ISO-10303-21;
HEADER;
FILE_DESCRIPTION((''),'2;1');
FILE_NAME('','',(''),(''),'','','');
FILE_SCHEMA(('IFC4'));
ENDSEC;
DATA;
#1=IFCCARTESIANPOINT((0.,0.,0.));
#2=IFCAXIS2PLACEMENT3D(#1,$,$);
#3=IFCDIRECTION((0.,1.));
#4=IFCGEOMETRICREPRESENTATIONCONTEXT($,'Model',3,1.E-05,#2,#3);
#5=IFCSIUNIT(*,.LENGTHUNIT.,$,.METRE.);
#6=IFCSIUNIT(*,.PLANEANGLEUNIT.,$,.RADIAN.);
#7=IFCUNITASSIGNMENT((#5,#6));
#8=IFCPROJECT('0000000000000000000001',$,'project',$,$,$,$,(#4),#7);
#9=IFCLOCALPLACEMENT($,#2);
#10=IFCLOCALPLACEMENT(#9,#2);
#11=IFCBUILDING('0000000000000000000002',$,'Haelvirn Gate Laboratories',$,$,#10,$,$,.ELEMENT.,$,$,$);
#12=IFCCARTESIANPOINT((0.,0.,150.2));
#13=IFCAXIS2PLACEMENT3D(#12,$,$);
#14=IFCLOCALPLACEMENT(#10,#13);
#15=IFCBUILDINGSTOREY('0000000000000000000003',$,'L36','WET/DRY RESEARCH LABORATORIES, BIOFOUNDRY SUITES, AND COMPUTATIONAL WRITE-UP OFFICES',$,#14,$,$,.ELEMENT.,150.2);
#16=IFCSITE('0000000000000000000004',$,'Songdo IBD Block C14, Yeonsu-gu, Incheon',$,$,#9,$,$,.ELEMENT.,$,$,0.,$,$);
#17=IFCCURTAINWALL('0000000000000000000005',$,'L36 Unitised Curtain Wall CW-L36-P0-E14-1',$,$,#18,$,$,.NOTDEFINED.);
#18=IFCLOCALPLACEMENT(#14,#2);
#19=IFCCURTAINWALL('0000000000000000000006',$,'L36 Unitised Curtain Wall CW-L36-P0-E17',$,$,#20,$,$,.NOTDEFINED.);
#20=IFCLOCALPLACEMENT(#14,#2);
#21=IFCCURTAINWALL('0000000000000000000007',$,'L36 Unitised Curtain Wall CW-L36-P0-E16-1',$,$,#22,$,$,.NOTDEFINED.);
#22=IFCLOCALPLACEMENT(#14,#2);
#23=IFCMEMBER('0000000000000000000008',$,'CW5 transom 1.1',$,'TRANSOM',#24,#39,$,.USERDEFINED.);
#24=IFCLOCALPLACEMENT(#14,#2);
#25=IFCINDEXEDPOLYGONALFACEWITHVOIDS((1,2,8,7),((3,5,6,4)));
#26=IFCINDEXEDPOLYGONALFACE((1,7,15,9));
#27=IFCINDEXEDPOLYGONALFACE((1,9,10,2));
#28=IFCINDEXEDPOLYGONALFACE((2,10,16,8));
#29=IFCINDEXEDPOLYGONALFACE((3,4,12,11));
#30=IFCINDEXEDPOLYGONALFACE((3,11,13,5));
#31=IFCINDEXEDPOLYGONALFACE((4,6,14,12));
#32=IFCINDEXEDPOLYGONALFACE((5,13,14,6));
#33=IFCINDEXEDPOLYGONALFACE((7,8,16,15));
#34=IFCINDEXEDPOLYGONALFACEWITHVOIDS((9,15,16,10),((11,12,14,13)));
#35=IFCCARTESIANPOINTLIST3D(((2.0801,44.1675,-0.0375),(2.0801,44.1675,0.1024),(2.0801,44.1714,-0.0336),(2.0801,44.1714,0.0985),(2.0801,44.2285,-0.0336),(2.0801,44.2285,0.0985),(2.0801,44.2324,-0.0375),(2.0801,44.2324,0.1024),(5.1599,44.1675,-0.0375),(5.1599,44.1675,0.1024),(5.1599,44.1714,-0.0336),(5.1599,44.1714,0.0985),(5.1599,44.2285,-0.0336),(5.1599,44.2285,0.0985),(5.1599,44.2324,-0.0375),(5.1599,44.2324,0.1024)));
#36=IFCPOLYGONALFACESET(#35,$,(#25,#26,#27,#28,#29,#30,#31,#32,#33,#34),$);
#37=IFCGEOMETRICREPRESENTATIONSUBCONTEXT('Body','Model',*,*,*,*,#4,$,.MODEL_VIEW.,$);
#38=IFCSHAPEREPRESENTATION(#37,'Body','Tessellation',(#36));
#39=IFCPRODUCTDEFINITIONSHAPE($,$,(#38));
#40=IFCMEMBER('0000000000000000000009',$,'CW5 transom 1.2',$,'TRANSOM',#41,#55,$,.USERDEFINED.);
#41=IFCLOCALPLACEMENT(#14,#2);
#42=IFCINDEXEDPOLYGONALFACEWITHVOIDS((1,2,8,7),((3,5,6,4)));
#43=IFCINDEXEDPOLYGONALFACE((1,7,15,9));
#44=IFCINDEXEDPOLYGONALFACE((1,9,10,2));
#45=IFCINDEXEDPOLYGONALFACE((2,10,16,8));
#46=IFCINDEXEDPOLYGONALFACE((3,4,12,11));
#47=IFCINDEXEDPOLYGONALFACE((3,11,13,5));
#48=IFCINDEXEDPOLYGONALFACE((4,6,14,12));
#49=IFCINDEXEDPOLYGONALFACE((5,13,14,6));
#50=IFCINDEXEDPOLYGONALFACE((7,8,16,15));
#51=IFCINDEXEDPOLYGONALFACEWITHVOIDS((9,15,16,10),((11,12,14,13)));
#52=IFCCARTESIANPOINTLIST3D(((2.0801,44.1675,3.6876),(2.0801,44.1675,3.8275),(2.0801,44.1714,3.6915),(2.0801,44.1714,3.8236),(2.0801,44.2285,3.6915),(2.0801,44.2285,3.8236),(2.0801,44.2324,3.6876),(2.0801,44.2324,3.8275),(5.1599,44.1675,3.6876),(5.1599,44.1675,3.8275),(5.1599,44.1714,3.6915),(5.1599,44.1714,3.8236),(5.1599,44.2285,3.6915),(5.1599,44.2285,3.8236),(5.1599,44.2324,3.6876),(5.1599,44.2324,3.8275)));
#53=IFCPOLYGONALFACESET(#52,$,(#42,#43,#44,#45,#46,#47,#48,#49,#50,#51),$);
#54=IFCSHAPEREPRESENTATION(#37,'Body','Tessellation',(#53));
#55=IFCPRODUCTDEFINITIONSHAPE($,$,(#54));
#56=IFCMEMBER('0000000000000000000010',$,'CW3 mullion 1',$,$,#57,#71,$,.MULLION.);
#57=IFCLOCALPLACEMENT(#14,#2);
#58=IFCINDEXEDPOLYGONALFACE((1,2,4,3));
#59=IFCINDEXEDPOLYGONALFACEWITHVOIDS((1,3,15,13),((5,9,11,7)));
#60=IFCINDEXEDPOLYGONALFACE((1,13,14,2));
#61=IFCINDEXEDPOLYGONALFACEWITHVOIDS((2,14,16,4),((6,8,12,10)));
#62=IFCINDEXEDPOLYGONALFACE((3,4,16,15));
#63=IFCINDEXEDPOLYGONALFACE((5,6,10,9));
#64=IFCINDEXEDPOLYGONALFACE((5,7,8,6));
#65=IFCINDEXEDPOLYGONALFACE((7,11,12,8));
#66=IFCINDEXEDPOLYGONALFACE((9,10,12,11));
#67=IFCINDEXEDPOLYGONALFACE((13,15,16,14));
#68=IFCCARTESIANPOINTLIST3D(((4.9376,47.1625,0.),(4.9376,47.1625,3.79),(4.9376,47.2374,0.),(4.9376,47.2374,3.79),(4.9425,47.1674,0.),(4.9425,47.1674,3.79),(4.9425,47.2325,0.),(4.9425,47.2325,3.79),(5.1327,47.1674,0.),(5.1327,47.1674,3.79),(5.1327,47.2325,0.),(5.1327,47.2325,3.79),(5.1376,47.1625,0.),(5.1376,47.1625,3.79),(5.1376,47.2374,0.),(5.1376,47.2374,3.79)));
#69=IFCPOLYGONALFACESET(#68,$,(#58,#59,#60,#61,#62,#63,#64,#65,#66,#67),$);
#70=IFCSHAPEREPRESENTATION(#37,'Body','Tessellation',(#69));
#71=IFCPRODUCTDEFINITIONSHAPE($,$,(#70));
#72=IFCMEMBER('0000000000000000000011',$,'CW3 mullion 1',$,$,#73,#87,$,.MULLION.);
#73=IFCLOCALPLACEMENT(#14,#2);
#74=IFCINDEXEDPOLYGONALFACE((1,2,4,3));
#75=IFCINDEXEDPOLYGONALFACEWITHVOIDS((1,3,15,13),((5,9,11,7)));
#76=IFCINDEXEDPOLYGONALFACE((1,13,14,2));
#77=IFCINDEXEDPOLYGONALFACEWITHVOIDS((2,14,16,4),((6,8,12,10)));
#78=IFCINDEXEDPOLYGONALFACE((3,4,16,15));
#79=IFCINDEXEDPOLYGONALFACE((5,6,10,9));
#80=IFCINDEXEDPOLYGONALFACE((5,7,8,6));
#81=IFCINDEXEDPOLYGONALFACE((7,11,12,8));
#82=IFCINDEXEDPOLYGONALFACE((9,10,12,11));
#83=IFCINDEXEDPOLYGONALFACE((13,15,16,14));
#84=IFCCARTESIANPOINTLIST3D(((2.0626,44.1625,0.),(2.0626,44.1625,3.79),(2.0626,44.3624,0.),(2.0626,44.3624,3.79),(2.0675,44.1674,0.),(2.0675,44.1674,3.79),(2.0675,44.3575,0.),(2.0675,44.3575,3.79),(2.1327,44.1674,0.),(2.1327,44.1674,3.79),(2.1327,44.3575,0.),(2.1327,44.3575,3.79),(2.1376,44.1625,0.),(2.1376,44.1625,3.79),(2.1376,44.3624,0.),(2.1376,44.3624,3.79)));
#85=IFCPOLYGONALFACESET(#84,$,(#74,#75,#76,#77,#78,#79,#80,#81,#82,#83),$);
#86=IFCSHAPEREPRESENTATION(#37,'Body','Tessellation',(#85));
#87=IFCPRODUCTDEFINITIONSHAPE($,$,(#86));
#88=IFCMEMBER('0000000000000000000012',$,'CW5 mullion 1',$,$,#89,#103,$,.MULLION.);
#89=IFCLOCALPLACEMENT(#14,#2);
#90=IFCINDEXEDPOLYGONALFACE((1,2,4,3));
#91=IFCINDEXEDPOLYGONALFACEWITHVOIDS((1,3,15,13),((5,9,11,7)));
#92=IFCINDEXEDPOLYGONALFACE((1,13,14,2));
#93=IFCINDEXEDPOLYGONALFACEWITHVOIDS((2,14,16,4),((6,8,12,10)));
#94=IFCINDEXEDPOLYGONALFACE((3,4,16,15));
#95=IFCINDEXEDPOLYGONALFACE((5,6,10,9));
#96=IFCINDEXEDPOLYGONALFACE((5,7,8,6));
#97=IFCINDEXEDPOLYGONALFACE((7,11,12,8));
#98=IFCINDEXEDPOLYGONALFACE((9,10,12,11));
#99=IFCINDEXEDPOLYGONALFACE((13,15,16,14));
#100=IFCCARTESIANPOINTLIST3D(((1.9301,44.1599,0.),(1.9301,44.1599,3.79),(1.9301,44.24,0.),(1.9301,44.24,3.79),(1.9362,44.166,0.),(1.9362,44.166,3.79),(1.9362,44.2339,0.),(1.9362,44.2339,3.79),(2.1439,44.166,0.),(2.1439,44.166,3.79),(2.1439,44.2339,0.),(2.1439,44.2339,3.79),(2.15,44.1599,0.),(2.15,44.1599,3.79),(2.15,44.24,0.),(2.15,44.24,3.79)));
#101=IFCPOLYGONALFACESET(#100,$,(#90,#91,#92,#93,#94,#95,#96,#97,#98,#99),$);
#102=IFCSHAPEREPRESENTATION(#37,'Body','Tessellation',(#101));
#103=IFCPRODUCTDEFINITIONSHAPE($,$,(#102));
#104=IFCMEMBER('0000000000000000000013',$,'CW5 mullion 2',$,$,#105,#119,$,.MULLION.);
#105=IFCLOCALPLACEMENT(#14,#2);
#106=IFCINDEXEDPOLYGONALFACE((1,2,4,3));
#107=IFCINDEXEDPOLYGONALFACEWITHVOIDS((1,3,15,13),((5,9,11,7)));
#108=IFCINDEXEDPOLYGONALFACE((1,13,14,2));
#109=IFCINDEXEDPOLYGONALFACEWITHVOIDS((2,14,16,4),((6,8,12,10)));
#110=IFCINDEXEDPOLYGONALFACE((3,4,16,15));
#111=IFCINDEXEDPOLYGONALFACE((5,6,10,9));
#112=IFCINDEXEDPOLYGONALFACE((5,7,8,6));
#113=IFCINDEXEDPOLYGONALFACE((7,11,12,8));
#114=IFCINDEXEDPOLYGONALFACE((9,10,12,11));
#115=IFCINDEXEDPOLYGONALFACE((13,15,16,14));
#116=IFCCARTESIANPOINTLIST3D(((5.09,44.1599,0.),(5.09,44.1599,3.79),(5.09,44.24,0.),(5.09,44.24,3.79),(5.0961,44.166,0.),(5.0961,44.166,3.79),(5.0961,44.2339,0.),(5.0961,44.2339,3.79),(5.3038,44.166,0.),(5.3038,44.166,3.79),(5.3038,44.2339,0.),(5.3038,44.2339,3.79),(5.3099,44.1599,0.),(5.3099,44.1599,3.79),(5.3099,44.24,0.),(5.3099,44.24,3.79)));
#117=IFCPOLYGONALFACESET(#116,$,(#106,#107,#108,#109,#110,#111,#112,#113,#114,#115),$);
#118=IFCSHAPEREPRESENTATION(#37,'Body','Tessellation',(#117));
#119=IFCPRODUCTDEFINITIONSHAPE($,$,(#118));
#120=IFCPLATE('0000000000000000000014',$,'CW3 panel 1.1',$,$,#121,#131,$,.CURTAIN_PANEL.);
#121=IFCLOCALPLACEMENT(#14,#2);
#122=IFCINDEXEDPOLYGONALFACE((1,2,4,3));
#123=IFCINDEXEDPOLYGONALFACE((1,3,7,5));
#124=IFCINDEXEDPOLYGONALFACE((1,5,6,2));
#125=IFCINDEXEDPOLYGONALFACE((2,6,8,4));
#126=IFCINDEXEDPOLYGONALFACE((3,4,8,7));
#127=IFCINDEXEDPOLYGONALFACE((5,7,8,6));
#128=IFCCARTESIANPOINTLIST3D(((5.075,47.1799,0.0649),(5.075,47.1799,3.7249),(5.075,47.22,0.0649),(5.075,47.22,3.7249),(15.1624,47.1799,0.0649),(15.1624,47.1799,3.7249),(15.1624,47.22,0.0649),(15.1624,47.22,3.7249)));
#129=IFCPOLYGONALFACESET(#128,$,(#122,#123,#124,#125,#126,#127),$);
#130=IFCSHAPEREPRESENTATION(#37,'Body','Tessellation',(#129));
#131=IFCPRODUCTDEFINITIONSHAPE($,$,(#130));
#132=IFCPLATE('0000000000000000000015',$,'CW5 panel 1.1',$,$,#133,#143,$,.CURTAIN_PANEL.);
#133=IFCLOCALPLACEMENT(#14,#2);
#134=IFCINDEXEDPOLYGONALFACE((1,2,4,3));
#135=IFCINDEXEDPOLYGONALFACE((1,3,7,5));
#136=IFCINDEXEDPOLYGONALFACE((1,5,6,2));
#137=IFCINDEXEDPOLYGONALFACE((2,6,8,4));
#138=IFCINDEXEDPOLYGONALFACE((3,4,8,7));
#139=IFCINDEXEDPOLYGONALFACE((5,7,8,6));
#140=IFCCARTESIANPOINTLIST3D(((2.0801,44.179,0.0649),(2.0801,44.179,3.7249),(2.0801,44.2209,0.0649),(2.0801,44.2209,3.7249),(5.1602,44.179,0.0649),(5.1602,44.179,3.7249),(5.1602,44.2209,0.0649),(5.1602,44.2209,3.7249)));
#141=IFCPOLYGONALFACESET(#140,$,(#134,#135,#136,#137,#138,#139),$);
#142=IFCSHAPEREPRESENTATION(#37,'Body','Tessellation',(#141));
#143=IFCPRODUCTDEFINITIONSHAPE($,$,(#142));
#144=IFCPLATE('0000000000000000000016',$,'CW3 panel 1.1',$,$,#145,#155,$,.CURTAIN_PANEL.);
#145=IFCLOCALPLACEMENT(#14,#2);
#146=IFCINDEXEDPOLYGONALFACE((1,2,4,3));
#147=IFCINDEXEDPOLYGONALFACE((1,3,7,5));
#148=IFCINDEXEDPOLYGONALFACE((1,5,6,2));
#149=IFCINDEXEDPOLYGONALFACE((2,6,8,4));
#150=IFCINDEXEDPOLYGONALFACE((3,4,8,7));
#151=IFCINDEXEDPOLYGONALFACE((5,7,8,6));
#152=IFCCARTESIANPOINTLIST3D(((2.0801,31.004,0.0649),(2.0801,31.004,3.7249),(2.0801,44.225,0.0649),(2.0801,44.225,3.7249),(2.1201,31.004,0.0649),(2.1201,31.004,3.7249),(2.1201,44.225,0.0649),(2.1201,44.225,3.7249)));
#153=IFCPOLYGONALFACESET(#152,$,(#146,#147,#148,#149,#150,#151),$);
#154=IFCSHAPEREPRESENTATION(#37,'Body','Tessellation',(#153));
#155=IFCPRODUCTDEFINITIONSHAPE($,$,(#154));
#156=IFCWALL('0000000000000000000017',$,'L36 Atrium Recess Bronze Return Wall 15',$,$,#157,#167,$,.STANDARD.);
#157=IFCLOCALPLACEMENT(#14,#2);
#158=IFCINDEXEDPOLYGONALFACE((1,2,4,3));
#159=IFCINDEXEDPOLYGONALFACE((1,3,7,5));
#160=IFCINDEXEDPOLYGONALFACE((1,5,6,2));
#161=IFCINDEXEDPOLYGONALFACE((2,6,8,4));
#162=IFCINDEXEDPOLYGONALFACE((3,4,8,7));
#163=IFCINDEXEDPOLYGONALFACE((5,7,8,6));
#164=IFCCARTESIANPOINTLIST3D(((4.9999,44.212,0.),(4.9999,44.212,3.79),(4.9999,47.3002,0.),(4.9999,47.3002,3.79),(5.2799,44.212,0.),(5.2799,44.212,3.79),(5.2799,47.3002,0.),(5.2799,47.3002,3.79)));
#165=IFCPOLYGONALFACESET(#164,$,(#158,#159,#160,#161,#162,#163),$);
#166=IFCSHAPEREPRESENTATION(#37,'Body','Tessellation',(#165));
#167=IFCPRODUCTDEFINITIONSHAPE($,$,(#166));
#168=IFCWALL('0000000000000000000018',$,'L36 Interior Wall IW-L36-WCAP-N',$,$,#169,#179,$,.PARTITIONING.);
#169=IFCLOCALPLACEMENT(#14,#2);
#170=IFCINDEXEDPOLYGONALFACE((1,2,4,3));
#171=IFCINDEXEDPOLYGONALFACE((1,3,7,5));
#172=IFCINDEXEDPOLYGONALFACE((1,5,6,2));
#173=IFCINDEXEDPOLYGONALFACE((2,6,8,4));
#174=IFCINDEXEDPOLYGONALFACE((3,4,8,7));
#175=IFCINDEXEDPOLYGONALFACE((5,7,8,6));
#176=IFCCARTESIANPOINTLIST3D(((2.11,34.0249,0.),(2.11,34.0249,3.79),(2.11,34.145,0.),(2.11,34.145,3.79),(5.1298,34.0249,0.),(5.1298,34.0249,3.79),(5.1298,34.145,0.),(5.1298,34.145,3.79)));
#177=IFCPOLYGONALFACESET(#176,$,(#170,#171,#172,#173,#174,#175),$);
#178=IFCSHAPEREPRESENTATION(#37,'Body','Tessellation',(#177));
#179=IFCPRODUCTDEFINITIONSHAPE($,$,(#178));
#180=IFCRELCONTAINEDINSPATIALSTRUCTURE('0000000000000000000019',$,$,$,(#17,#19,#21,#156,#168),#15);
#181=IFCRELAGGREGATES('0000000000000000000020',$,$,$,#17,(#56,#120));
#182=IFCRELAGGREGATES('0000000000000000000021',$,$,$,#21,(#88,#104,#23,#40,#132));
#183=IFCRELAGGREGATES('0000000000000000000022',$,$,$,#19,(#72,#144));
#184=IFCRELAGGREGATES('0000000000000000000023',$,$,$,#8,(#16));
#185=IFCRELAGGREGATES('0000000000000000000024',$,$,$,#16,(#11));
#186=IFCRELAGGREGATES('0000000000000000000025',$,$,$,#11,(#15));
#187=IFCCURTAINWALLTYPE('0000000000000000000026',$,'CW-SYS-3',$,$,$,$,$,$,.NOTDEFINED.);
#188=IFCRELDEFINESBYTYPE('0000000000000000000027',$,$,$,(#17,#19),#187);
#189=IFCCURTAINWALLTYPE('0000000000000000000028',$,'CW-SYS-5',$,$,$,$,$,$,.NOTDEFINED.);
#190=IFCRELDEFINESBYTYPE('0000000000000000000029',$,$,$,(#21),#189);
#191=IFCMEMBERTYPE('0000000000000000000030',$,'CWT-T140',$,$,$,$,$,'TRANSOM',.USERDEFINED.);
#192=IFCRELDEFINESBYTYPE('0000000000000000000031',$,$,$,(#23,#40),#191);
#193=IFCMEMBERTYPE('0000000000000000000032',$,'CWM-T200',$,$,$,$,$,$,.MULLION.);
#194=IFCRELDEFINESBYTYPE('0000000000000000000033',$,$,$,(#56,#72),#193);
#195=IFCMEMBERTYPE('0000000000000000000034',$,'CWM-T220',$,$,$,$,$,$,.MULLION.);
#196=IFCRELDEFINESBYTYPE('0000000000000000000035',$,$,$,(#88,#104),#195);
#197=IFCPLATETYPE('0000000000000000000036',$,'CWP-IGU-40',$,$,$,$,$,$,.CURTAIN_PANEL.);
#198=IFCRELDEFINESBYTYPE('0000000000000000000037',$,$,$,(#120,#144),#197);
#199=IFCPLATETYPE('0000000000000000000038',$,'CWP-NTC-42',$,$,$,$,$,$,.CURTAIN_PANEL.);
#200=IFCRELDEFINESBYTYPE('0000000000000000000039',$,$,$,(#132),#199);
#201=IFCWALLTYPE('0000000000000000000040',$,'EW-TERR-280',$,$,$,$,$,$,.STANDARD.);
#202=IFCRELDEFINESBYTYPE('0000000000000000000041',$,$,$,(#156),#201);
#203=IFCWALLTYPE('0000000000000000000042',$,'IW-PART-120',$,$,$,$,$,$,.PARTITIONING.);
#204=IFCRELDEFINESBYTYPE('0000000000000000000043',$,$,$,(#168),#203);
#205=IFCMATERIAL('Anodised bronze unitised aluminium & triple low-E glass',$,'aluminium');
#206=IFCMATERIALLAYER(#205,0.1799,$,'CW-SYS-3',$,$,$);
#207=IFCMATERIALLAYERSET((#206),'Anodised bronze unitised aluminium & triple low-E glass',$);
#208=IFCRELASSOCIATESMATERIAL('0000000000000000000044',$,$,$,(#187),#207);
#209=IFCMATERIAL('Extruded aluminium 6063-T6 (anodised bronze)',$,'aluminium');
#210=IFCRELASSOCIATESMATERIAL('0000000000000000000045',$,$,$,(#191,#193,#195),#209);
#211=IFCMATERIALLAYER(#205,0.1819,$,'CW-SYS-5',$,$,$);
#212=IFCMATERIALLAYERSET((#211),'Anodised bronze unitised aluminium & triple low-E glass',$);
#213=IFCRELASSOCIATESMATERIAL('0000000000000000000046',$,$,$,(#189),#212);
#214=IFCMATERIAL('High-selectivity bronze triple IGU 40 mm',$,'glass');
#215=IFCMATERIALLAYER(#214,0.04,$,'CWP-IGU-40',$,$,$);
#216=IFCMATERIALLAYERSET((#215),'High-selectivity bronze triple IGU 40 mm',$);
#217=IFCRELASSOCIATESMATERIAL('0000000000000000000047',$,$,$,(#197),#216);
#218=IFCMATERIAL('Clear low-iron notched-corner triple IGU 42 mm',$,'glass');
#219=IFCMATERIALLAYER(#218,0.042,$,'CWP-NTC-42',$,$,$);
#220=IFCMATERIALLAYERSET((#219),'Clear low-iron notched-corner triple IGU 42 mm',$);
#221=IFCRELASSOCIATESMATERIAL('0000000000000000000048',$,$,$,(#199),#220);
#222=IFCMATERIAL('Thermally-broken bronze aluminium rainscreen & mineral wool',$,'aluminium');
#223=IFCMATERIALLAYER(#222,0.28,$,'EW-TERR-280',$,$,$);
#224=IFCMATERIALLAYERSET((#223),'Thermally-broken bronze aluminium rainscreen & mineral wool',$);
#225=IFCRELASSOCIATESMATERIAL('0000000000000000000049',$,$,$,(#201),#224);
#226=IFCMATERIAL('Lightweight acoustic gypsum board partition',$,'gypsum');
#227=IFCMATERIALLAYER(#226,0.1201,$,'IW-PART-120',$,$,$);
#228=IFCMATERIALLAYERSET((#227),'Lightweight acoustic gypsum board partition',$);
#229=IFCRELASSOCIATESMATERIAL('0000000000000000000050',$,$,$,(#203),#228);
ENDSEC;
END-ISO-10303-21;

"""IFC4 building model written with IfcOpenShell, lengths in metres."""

from ifc_helpers import new_model, si_unit, direction, frame, frame_2d, origin, origin_2d, place, context, subcontext, project, spatial, rectangle, hollow_rectangle, extrude, source, transform, mapped, material, layer, layer_set, material_profile, profile_set, type_object, type_shapes, element, aggregate, save


model = new_model("IFC4")

# Units and contexts
model_context = context("Model", 3, precision=1e-05, world=origin(), true_north=direction((0.0, 1.0)))
body_context = subcontext(model_context, "Body", "Model", "MODEL_VIEW")
ifc_project = project(units=[si_unit("LENGTHUNIT", "METRE"), si_unit("PLANEANGLEUNIT", "RADIAN")], contexts=[model_context])

# Site, building, storey
site_placement = place(None, origin())
site = spatial("IfcSite", under=ifc_project, at=site_placement, Name="Songdo IBD Block C14, Yeonsu-gu, Incheon", CompositionType="ELEMENT", RefElevation=0.0)
building_placement = place(site_placement, origin())
building = spatial("IfcBuilding", under=site, at=building_placement, Name="Haelvirn Gate Laboratories", CompositionType="ELEMENT")
storey_placement = place(building_placement, frame((0.0, 0.0, 150.2)))
storey = spatial("IfcBuildingStorey", under=building, at=storey_placement, Name="L36", Description="WET/DRY RESEARCH LABORATORIES, BIOFOUNDRY SUITES, AND COMPUTATIONAL WRITE-UP OFFICES", CompositionType="ELEMENT", Elevation=150.2)

# Curtain walls, members
ifc_material_1 = material(Name="Anodised bronze unitised aluminium & triple low-E glass", Category="aluminium")
ifc_layer_1 = layer(ifc_material_1, 0.1799, Name="CW-SYS-3")
ifc_layer_set_1 = layer_set([ifc_layer_1], Name="Anodised bronze unitised aluminium & triple low-E glass")
curtain_wall_type_1 = type_object("IfcCurtainWallType", Name="CW-SYS-3", PredefinedType="NOTDEFINED", material=ifc_layer_set_1)
curtain_wall_1_placement = place(storey_placement, origin())
curtain_wall_1 = element("IfcCurtainWall", 1, at=curtain_wall_1_placement, inside=storey, type_object=curtain_wall_type_1, Name="L36 Unitised Curtain Wall CW-L36-P0-E14-1", PredefinedType="NOTDEFINED")
ifc_material_2 = material(Name="Extruded aluminium 6063-T6 (anodised bronze)", Category="aluminium")
ifc_material_profile_1 = material_profile(ifc_material_2, hollow_rectangle(XDim=0.0649, YDim=0.1399, WallThickness=0.0039, at=origin_2d()), Name="CWT-140x65x4")
ifc_profile_set_1 = profile_set([ifc_material_profile_1], Name="Extruded aluminium 6063-T6 (anodised bronze)")
member_type_1 = type_object("IfcMemberType", Name="CWT-T140", ElementType="TRANSOM", PredefinedType="USERDEFINED", material=ifc_profile_set_1)
curtain_wall_2_placement = place(storey_placement, origin())
curtain_wall_2 = element("IfcCurtainWall", 2, at=curtain_wall_2_placement, inside=storey, type_object=curtain_wall_type_1, Name="L36 Unitised Curtain Wall CW-L36-P0-E17", PredefinedType="NOTDEFINED")
ifc_layer_2 = layer(ifc_material_1, 0.1819, Name="CW-SYS-5")
ifc_layer_set_2 = layer_set([ifc_layer_2], Name="Anodised bronze unitised aluminium & triple low-E glass")
curtain_wall_type_2 = type_object("IfcCurtainWallType", Name="CW-SYS-5", PredefinedType="NOTDEFINED", material=ifc_layer_set_2)
curtain_wall_3_placement = place(storey_placement, origin())
curtain_wall_3 = element("IfcCurtainWall", 3, at=curtain_wall_3_placement, inside=storey, type_object=curtain_wall_type_2, Name="L36 Unitised Curtain Wall CW-L36-P0-E16-1", PredefinedType="NOTDEFINED")
shared_shape_1 = source(origin(), body_context, "Body", "SweptSolid", [
    extrude(hollow_rectangle(XDim=0.0649, YDim=0.1399, WallThickness=0.0039, at=origin_2d()), origin(), (0.0, 0.0, 1.0), 3.0798),
])
member_1_placement = place(storey_placement, frame((2.0801, 44.2, 0.0325), z_axis=(1.0, 0.0, 0.0), x_axis=(0.0, 1.0, 0.0)))
member_1 = element("IfcMember", 4, at=member_1_placement, type_object=member_type_1, Name="CW5 transom 1.1", ObjectType="TRANSOM", PredefinedType="USERDEFINED", context=body_context, shape_type="MappedRepresentation", body=[
    mapped(shared_shape_1, transform((0.0, 0.0, 0.0), scale=1.0)),
])
member_2_placement = place(storey_placement, frame((2.0801, 44.2, 3.7576), z_axis=(1.0, 0.0, 0.0), x_axis=(0.0, 1.0, 0.0)))
member_2 = element("IfcMember", 5, at=member_2_placement, type_object=member_type_1, Name="CW5 transom 1.2", ObjectType="TRANSOM", PredefinedType="USERDEFINED", context=body_context, shape_type="MappedRepresentation", body=[
    mapped(shared_shape_1, transform((0.0, 0.0, 0.0), scale=1.0)),
])

# Members
ifc_material_profile_2 = material_profile(ifc_material_2, hollow_rectangle(XDim=0.075, YDim=0.2, WallThickness=0.0049, at=origin_2d()), Name="CWM-200x75x5")
ifc_profile_set_2 = profile_set([ifc_material_profile_2], Name="Extruded aluminium 6063-T6 (anodised bronze)")
member_type_2 = type_object("IfcMemberType", Name="CWM-T200", PredefinedType="MULLION", material=ifc_profile_set_2)
shared_shape_2 = source(origin(), body_context, "Body", "SweptSolid", [
    extrude(hollow_rectangle(XDim=0.075, YDim=0.2, WallThickness=0.0049, at=origin_2d()), origin(), (0.0, 0.0, 1.0), 3.79),
])
type_shapes(member_type_2, [shared_shape_2])
member_3_placement = place(storey_placement, frame((5.0376, 47.2, 0.0), z_axis=(0.0, 0.0, 1.0), x_axis=(0.0, 1.0, 0.0)))
member_3 = element("IfcMember", 6, at=member_3_placement, type_object=member_type_2, Name="CW3 mullion 1", PredefinedType="MULLION", context=body_context, shape_type="MappedRepresentation", body=[
    mapped(shared_shape_2, transform((0.0, 0.0, 0.0), scale=1.0)),
])
member_4_placement = place(storey_placement, frame((2.1001, 44.2625, 0.0), z_axis=(0.0, 0.0, 1.0), x_axis=(1.0, 0.0, 0.0)))
member_4 = element("IfcMember", 7, at=member_4_placement, type_object=member_type_2, Name="CW3 mullion 1", PredefinedType="MULLION", context=body_context, shape_type="MappedRepresentation", body=[
    mapped(shared_shape_2, transform((0.0, 0.0, 0.0), scale=1.0)),
])
ifc_material_profile_3 = material_profile(ifc_material_2, hollow_rectangle(XDim=0.0801, YDim=0.22, WallThickness=0.0061, at=origin_2d()), Name="CWM-220x80x6")
ifc_profile_set_3 = profile_set([ifc_material_profile_3], Name="Extruded aluminium 6063-T6 (anodised bronze)")
member_type_3 = type_object("IfcMemberType", Name="CWM-T220", PredefinedType="MULLION", material=ifc_profile_set_3)
shared_shape_3 = source(origin(), body_context, "Body", "SweptSolid", [
    extrude(hollow_rectangle(XDim=0.0801, YDim=0.22, WallThickness=0.0061, at=origin_2d()), origin(), (0.0, 0.0, 1.0), 3.79),
])
type_shapes(member_type_3, [shared_shape_3])
member_5_placement = place(storey_placement, frame((2.04, 44.2, 0.0), z_axis=(0.0, 0.0, 1.0), x_axis=(0.0, 1.0, 0.0)))
member_5 = element("IfcMember", 8, at=member_5_placement, type_object=member_type_3, Name="CW5 mullion 1", PredefinedType="MULLION", context=body_context, shape_type="MappedRepresentation", body=[
    mapped(shared_shape_3, transform((0.0, 0.0, 0.0), scale=1.0)),
])
member_6_placement = place(storey_placement, frame((5.2, 44.2, 0.0), z_axis=(0.0, 0.0, 1.0), x_axis=(0.0, 1.0, 0.0)))
member_6 = element("IfcMember", 9, at=member_6_placement, type_object=member_type_3, Name="CW5 mullion 2", PredefinedType="MULLION", context=body_context, shape_type="MappedRepresentation", body=[
    mapped(shared_shape_3, transform((0.0, 0.0, 0.0), scale=1.0)),
])

# Plates
ifc_material_3 = material(Name="High-selectivity bronze triple IGU 40 mm", Category="glass")
ifc_layer_3 = layer(ifc_material_3, 0.04, Name="CWP-IGU-40")
ifc_layer_set_3 = layer_set([ifc_layer_3], Name="High-selectivity bronze triple IGU 40 mm")
plate_type_1 = type_object("IfcPlateType", Name="CWP-IGU-40", PredefinedType="CURTAIN_PANEL", material=ifc_layer_set_3)
shared_shape_4 = source(origin(), body_context, "Body", "SweptSolid", [
    extrude(rectangle(XDim=10.0874, YDim=0.04, at=origin_2d()), origin(), (0.0, 0.0, 1.0), 3.6599),
])
plate_1_placement = place(storey_placement, frame((10.1187, 47.2, 0.0649), z_axis=(0.0, 0.0, 1.0), x_axis=(1.0, 0.0, 0.0)))
plate_1 = element("IfcPlate", 10, at=plate_1_placement, type_object=plate_type_1, Name="CW3 panel 1.1", PredefinedType="CURTAIN_PANEL", context=body_context, shape_type="MappedRepresentation", body=[
    mapped(shared_shape_4, transform((0.0, 0.0, 0.0), scale=1.0)),
])
aggregate(curtain_wall_1, [member_3, plate_1])
ifc_material_4 = material(Name="Clear low-iron notched-corner triple IGU 42 mm", Category="glass")
ifc_layer_4 = layer(ifc_material_4, 0.042, Name="CWP-NTC-42")
ifc_layer_set_4 = layer_set([ifc_layer_4], Name="Clear low-iron notched-corner triple IGU 42 mm")
plate_type_2 = type_object("IfcPlateType", Name="CWP-NTC-42", PredefinedType="CURTAIN_PANEL", material=ifc_layer_set_4)
shared_shape_5 = source(origin(), body_context, "Body", "SweptSolid", [
    extrude(rectangle(XDim=3.0801, YDim=0.042, at=origin_2d()), origin(), (0.0, 0.0, 1.0), 3.6599),
])
type_shapes(plate_type_2, [shared_shape_5])
plate_2_placement = place(storey_placement, frame((3.6201, 44.2, 0.0649), z_axis=(0.0, 0.0, 1.0), x_axis=(1.0, 0.0, 0.0)))
plate_2 = element("IfcPlate", 11, at=plate_2_placement, type_object=plate_type_2, Name="CW5 panel 1.1", PredefinedType="CURTAIN_PANEL", context=body_context, shape_type="MappedRepresentation", body=[
    mapped(shared_shape_5, transform((0.0, 0.0, 0.0), scale=1.0)),
])
aggregate(curtain_wall_3, [member_5, member_6, member_1, member_2, plate_2])
shared_shape_6 = source(origin(), body_context, "Body", "SweptSolid", [
    extrude(rectangle(XDim=13.2209, YDim=0.04, at=origin_2d()), origin(), (0.0, 0.0, 1.0), 3.6599),
])
type_shapes(plate_type_1, [shared_shape_4, shared_shape_6])
plate_3_placement = place(storey_placement, frame((2.1001, 37.6145, 0.0649), z_axis=(0.0, 0.0, 1.0), x_axis=(0.0, -1.0, 0.0)))
plate_3 = element("IfcPlate", 12, at=plate_3_placement, type_object=plate_type_1, Name="CW3 panel 1.1", PredefinedType="CURTAIN_PANEL", context=body_context, shape_type="MappedRepresentation", body=[
    mapped(shared_shape_6, transform((0.0, 0.0, 0.0), scale=1.0)),
])
aggregate(curtain_wall_2, [member_4, plate_3])

# Walls
ifc_material_5 = material(Name="Thermally-broken bronze aluminium rainscreen & mineral wool", Category="aluminium")
ifc_layer_5 = layer(ifc_material_5, 0.28, Name="EW-TERR-280")
ifc_layer_set_5 = layer_set([ifc_layer_5], Name="Thermally-broken bronze aluminium rainscreen & mineral wool")
wall_type_1 = type_object("IfcWallType", Name="EW-TERR-280", PredefinedType="STANDARD", material=ifc_layer_set_5)
wall_1_placement = place(storey_placement, frame((5.1399, 47.3, 0.0), z_axis=(0.0, 0.0, 1.0), x_axis=(0.0, -1.0, 0.0)))
element("IfcWall", 13, at=wall_1_placement, inside=storey, type_object=wall_type_1, Name="L36 Atrium Recess Bronze Return Wall 15", PredefinedType="STANDARD", context=body_context, shape_type="SweptSolid", body=[
    extrude(rectangle(XDim=3.0881, YDim=0.28, at=frame_2d((1.5439, 0.0))), origin(), (0.0, 0.0, 1.0), 3.79),
])
ifc_material_6 = material(Name="Lightweight acoustic gypsum board partition", Category="gypsum")
ifc_layer_6 = layer(ifc_material_6, 0.1201, Name="IW-PART-120")
ifc_layer_set_6 = layer_set([ifc_layer_6], Name="Lightweight acoustic gypsum board partition")
wall_type_2 = type_object("IfcWallType", Name="IW-PART-120", PredefinedType="PARTITIONING", material=ifc_layer_set_6)
wall_2_placement = place(storey_placement, frame((2.1101, 34.085, 0.0), z_axis=(0.0, 0.0, 1.0), x_axis=(1.0, 0.0, 0.0)))
element("IfcWall", 14, at=wall_2_placement, inside=storey, type_object=wall_type_2, Name="L36 Interior Wall IW-L36-WCAP-N", PredefinedType="PARTITIONING", context=body_context, shape_type="SweptSolid", body=[
    extrude(rectangle(XDim=3.0198, YDim=0.1201, at=frame_2d((1.5098, 0.0))), origin(), (0.0, 0.0, 1.0), 3.79),
])

save(model, "model.ifc")
